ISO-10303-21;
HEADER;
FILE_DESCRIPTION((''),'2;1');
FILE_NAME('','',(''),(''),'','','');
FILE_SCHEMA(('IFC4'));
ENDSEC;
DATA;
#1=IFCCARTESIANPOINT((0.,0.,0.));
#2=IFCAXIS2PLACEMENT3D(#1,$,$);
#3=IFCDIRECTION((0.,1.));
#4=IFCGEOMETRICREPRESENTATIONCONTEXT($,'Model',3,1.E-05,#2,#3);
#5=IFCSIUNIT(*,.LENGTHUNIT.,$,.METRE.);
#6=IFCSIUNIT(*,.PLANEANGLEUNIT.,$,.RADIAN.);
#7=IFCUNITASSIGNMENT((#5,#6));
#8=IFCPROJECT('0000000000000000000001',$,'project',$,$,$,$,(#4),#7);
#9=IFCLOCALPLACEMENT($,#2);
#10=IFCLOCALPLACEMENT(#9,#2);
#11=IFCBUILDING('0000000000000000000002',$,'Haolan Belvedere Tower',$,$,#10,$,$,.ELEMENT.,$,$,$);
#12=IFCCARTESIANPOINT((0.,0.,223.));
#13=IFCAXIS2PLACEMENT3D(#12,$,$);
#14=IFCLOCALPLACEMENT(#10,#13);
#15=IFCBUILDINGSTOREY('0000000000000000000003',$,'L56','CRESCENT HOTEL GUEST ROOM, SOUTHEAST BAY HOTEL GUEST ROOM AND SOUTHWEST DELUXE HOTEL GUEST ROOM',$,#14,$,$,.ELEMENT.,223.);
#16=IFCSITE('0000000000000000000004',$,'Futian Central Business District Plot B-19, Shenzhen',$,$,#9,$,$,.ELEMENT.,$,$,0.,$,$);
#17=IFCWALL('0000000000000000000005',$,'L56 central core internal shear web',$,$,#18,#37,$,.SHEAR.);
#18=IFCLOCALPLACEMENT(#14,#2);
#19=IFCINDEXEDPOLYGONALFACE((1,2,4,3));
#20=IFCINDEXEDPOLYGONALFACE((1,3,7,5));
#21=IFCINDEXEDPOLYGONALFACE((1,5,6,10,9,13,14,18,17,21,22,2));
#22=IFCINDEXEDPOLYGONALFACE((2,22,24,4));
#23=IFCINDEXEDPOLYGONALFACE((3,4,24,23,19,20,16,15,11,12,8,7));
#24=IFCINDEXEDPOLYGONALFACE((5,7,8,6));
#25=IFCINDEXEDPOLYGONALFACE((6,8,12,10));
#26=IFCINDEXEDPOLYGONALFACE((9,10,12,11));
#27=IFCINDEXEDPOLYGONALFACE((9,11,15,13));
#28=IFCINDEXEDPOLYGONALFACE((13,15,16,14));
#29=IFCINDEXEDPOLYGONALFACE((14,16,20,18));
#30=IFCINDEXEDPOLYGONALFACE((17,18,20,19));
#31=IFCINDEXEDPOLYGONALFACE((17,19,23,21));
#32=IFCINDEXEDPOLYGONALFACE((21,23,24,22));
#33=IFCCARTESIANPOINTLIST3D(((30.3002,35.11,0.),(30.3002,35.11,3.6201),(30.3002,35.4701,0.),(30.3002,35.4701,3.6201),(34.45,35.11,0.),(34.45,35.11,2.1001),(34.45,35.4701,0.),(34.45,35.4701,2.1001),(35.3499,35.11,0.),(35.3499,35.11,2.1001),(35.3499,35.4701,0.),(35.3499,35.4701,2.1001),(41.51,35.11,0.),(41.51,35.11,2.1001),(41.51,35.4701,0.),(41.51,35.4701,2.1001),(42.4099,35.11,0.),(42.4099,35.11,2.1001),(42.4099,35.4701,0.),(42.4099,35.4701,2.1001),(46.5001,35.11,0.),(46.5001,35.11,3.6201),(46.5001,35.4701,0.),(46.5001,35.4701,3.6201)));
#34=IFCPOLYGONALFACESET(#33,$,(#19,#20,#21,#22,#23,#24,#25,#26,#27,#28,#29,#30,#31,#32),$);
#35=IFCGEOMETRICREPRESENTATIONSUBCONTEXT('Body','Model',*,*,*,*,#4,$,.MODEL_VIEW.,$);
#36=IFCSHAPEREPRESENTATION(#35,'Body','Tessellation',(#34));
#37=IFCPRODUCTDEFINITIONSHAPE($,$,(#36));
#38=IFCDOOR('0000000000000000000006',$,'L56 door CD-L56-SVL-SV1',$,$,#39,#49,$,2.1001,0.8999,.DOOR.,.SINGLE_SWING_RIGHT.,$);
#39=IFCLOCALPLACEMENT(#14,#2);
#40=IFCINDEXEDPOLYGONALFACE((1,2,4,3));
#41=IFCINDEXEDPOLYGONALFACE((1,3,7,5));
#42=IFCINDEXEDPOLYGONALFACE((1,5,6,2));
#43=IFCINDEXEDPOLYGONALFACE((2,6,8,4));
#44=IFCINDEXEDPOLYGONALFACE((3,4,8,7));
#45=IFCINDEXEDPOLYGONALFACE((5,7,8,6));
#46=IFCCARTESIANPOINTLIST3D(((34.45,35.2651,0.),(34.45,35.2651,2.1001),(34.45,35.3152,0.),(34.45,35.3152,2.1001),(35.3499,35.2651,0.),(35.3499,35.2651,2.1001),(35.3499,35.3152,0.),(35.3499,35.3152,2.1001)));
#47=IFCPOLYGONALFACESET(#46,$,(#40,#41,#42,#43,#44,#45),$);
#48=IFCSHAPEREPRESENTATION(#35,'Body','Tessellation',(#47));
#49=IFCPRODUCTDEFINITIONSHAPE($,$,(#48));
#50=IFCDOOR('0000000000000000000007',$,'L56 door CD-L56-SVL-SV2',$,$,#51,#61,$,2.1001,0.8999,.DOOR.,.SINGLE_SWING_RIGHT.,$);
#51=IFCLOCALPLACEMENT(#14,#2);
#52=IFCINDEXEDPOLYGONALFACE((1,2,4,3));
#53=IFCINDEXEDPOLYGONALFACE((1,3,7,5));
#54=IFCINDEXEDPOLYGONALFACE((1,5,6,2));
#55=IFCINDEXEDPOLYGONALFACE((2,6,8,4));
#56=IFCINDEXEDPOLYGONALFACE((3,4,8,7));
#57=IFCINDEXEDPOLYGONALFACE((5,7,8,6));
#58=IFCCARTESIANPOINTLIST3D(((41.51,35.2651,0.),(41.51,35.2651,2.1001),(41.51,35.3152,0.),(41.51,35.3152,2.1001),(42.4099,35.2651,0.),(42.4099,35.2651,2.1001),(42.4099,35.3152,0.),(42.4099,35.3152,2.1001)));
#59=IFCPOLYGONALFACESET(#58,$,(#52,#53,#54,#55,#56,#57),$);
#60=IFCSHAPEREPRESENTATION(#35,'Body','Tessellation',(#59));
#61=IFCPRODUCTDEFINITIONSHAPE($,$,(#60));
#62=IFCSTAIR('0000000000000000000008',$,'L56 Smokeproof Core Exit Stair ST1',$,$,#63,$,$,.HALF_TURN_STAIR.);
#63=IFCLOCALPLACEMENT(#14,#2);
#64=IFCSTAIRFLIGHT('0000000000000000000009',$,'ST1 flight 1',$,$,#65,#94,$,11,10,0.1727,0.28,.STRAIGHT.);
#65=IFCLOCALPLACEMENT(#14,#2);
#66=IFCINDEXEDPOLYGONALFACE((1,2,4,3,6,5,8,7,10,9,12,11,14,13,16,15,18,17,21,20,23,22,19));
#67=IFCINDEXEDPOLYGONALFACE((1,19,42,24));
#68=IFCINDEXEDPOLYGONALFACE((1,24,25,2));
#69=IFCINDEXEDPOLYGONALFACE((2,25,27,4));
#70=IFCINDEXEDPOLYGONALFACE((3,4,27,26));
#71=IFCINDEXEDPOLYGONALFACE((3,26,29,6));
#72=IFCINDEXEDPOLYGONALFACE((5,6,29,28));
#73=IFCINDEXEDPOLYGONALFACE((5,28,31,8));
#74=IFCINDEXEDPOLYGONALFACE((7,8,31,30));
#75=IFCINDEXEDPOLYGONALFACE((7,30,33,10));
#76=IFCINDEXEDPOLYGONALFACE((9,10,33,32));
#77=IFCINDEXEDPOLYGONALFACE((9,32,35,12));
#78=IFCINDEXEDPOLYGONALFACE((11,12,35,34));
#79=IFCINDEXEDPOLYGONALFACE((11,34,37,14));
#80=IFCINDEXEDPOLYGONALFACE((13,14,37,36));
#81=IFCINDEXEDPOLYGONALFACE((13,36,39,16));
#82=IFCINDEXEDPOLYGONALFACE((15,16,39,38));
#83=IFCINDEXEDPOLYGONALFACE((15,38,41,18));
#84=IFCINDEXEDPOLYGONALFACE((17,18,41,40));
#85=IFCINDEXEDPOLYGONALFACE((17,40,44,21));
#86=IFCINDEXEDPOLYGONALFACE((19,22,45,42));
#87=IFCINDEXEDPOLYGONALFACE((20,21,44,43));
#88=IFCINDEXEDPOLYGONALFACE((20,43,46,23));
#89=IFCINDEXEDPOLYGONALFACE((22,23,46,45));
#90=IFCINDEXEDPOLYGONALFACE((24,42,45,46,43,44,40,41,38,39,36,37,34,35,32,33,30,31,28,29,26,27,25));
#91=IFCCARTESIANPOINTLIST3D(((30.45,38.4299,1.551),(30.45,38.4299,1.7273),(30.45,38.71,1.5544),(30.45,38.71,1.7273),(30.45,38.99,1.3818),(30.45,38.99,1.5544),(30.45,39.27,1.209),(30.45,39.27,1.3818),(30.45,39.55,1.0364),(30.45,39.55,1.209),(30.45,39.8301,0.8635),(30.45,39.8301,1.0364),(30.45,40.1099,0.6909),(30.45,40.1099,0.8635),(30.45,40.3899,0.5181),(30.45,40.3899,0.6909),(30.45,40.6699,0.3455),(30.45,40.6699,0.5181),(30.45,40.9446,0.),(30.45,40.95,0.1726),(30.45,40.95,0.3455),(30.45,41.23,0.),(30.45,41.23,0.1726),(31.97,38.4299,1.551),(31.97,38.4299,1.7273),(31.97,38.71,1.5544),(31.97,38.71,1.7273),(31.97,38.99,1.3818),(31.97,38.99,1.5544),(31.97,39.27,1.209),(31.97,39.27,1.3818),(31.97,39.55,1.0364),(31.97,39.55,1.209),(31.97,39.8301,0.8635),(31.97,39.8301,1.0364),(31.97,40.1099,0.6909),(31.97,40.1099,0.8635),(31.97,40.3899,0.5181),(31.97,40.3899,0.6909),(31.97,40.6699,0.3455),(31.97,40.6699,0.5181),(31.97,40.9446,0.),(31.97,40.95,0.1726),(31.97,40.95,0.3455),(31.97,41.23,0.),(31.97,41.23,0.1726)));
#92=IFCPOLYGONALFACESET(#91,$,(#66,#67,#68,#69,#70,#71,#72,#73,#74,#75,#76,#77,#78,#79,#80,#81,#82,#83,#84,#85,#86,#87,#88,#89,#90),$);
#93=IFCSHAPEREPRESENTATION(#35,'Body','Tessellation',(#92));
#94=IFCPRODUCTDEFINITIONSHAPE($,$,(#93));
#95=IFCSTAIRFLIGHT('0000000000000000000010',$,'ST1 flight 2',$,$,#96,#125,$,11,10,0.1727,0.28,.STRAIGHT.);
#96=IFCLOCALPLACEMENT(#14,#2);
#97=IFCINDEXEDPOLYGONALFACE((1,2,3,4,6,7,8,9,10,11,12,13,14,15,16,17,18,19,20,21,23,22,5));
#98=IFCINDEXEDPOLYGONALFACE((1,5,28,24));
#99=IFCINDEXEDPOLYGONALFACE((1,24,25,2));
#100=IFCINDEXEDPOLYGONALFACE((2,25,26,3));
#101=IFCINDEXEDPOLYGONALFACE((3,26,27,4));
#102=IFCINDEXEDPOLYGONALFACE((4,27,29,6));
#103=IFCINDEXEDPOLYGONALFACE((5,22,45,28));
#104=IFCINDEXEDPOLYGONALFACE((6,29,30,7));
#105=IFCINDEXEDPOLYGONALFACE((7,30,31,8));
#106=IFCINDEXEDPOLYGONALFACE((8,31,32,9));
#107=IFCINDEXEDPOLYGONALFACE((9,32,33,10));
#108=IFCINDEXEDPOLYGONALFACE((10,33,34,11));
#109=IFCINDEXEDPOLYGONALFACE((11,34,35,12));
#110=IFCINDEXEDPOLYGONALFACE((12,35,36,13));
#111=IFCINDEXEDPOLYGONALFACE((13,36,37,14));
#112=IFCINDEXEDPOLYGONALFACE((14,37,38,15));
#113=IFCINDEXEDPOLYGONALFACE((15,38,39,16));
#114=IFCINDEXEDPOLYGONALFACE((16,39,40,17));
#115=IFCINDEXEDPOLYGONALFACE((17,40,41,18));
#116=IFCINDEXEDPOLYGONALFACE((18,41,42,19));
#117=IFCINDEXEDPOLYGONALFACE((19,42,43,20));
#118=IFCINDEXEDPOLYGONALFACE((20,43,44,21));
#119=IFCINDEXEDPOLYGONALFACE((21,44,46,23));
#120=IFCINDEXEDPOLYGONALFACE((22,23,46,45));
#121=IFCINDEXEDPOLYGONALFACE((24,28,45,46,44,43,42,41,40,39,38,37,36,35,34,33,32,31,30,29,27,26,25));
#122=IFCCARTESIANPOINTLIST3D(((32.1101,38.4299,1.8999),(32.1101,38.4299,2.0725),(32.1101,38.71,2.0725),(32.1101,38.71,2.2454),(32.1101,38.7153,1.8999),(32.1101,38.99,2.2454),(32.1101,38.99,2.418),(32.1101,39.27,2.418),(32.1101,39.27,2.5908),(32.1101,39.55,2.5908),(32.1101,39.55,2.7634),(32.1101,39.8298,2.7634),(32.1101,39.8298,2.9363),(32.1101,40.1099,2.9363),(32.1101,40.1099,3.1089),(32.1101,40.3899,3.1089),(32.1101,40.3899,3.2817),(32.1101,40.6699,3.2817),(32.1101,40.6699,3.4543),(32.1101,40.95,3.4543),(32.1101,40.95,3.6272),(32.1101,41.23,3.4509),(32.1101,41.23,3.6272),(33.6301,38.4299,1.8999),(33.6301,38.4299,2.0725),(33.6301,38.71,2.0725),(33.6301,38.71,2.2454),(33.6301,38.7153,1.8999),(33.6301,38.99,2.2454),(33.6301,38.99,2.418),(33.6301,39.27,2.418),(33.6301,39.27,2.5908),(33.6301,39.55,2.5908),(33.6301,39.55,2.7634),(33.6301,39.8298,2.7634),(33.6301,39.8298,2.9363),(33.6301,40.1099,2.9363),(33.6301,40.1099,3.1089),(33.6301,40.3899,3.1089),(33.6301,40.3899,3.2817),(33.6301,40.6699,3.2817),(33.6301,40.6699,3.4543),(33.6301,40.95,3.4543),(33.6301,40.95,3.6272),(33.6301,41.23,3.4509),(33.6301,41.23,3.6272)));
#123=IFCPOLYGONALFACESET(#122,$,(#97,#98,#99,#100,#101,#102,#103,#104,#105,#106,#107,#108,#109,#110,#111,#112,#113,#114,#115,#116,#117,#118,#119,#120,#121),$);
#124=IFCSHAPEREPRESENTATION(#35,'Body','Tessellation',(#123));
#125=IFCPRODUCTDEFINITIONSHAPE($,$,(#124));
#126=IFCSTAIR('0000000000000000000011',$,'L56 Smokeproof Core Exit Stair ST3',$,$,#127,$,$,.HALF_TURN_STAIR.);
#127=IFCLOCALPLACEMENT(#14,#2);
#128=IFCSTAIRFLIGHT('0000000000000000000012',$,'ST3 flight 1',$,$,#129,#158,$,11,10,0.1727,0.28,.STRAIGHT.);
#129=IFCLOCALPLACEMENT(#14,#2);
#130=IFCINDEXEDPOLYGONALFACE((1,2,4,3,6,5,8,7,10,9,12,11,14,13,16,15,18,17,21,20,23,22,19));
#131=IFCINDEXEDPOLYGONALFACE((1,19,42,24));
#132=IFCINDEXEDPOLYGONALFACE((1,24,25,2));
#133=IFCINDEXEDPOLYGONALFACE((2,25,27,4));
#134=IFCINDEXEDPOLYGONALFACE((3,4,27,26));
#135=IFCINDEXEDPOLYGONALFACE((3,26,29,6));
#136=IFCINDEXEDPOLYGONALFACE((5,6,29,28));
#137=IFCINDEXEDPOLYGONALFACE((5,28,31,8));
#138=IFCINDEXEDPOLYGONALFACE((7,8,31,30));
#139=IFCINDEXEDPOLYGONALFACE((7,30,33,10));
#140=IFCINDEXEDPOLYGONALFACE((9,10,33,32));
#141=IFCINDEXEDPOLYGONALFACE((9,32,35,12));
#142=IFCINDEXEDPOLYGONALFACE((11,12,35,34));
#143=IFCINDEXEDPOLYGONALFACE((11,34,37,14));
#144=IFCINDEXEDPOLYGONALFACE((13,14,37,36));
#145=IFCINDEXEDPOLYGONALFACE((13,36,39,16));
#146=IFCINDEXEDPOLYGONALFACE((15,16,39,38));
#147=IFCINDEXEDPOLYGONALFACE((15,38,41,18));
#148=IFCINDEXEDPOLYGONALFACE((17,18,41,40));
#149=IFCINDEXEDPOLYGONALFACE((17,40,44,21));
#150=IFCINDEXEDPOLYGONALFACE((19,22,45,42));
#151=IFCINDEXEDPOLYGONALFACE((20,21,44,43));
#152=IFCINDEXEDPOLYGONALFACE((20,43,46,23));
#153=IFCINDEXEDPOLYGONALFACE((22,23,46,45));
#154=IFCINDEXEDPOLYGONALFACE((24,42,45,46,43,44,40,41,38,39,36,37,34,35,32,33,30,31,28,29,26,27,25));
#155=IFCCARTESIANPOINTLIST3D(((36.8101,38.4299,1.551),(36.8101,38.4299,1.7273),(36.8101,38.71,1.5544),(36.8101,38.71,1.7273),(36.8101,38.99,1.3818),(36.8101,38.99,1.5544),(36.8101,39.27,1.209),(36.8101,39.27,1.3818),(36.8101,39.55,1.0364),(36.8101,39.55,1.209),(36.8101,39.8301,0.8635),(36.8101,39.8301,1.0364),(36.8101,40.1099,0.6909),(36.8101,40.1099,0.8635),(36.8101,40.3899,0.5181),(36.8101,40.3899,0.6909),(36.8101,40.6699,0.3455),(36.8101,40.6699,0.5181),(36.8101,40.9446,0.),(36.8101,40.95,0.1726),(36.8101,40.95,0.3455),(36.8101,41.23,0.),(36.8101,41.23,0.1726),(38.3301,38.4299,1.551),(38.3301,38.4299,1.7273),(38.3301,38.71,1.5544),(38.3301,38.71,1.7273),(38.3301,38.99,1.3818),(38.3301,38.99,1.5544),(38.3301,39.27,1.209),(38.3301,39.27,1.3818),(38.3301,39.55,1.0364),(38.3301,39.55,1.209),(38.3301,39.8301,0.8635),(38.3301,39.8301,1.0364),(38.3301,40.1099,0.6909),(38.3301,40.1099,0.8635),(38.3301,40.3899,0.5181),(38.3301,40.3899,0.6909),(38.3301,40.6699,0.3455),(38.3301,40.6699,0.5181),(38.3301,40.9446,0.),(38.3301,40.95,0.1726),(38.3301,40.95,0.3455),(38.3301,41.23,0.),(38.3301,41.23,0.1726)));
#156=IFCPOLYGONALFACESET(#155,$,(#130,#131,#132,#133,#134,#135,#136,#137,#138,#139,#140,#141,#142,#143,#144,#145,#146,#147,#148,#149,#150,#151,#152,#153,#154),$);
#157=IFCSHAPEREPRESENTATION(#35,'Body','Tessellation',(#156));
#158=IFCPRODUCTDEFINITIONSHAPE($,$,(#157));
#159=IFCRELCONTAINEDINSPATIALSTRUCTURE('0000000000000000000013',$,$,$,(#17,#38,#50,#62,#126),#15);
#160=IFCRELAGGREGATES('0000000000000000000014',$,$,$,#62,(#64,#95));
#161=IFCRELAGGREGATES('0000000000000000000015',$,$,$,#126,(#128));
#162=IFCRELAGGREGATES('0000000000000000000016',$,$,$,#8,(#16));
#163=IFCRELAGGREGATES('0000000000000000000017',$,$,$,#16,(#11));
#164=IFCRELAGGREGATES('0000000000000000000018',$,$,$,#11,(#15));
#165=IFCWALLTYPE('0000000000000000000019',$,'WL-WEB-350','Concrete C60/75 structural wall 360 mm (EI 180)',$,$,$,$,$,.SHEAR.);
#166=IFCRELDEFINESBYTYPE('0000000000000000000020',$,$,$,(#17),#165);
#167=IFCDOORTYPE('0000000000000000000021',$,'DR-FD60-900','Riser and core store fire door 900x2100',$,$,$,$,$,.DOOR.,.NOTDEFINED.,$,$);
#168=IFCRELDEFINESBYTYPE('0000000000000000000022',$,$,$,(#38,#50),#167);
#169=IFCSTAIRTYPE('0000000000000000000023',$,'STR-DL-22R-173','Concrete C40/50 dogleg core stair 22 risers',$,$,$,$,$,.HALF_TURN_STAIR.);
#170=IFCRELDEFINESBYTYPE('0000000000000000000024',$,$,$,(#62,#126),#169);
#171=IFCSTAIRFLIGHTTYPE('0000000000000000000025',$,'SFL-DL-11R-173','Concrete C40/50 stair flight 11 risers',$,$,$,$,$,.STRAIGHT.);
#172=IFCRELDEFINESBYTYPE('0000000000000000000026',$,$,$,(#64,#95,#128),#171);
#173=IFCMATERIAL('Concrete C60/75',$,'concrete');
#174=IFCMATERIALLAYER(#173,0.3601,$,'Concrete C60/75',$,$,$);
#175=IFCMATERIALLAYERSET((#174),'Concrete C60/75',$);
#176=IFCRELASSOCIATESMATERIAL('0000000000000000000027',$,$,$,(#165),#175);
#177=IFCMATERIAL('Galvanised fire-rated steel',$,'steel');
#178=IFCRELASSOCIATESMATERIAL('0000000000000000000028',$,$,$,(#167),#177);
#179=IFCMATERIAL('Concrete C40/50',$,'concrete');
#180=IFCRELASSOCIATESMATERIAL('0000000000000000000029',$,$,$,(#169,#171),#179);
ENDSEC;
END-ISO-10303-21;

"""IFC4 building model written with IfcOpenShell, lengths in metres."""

from ifc_helpers import new_model, si_unit, direction, frame, frame_2d, origin, place, context, subcontext, project, spatial, polyline, rectangle, outline, extrude, material, layer, layer_set, type_object, element, fill, aggregate, save


model = new_model("IFC4")

# Units and contexts
model_context = context("Model", 3, precision=1e-05, world=origin(), true_north=direction((0.0, 1.0)))
body_context = subcontext(model_context, "Body", "Model", "MODEL_VIEW")
ifc_project = project(units=[si_unit("LENGTHUNIT", "METRE"), si_unit("PLANEANGLEUNIT", "RADIAN")], contexts=[model_context])

# Site, building, storey
site_placement = place(None, origin())
site = spatial("IfcSite", under=ifc_project, at=site_placement, Name="Futian Central Business District Plot B-19, Shenzhen", CompositionType="ELEMENT", RefElevation=0.0)
building_placement = place(site_placement, origin())
building = spatial("IfcBuilding", under=site, at=building_placement, Name="Haolan Belvedere Tower", CompositionType="ELEMENT")
storey_placement = place(building_placement, frame((0.0, 0.0, 223.0)))
storey = spatial("IfcBuildingStorey", under=building, at=storey_placement, Name="L56", Description="CRESCENT HOTEL GUEST ROOM, SOUTHEAST BAY HOTEL GUEST ROOM AND SOUTHWEST DELUXE HOTEL GUEST ROOM", CompositionType="ELEMENT", Elevation=223.0)

# Wall, openings, doors
ifc_material_1 = material(Name="Concrete C60/75", Category="concrete")
ifc_layer_1 = layer(ifc_material_1, 0.3601, Name="Concrete C60/75")
ifc_layer_set_1 = layer_set([ifc_layer_1], Name="Concrete C60/75")
wall_type_1 = type_object("IfcWallType", Name="WL-WEB-350", Description="Concrete C60/75 structural wall 360 mm (EI 180)", PredefinedType="SHEAR", material=ifc_layer_set_1)
wall_1_placement = place(storey_placement, frame((30.3, 35.29, 0.0), z_axis=(0.0, 0.0, 1.0), x_axis=(1.0, 0.0, 0.0)))
wall_1 = element("IfcWall", 1, at=wall_1_placement, inside=storey, type_object=wall_type_1, Name="L56 central core internal shear web", PredefinedType="SHEAR", context=body_context, shape_type="SweptSolid", body=[
    extrude(rectangle(XDim=16.2, YDim=0.3601, at=frame_2d((8.1001, 0.0))), origin(), (0.0, 0.0, 1.0), 3.6201),
])
opening_1_placement = place(wall_1_placement, frame((5.0498, 0.0, 0.0), z_axis=(0.0, 0.0, 1.0), x_axis=(-1.0, 0.0, 0.0)))
opening_1 = element("IfcOpeningElement", 2, at=opening_1_placement, cuts=wall_1, PredefinedType="OPENING", context=body_context, shape_type="SweptSolid", body=[
    extrude(rectangle(XDim=0.8999, YDim=2.1001, at=frame_2d((0.45, 1.05))), frame((0.0, 0.1899, 0.0), z_axis=(0.0, -1.0, 0.0), x_axis=(1.0, 0.0, 0.0)), (0.0, 0.0, 1.0), 0.3801),
])
opening_2_placement = place(wall_1_placement, frame((12.1099, 0.0, 0.0), z_axis=(0.0, 0.0, 1.0), x_axis=(-1.0, 0.0, 0.0)))
opening_2 = element("IfcOpeningElement", 3, at=opening_2_placement, cuts=wall_1, PredefinedType="OPENING", context=body_context, shape_type="SweptSolid", body=[
    extrude(rectangle(XDim=0.8999, YDim=2.1001, at=frame_2d((0.45, 1.05))), frame((0.0, 0.1899, 0.0), z_axis=(0.0, -1.0, 0.0), x_axis=(1.0, 0.0, 0.0)), (0.0, 0.0, 1.0), 0.3801),
])
ifc_material_2 = material(Name="Galvanised fire-rated steel", Category="steel")
door_type_1 = type_object("IfcDoorType", Name="DR-FD60-900", Description="Riser and core store fire door 900x2100", OperationType="NOTDEFINED", PredefinedType="DOOR", material=ifc_material_2)
door_1_placement = place(opening_1_placement, origin())
door_1 = element("IfcDoor", 4, at=door_1_placement, inside=storey, type_object=door_type_1, Name="L56 door CD-L56-SVL-SV1", OperationType="SINGLE_SWING_RIGHT", OverallHeight=2.1001, OverallWidth=0.8999, PredefinedType="DOOR", context=body_context, shape_type="SweptSolid", body=[
    extrude(rectangle(XDim=0.8999, YDim=2.1001, at=frame_2d((0.45, 1.05))), frame((0.0, 0.0249, 0.0), z_axis=(0.0, -1.0, 0.0), x_axis=(1.0, 0.0, 0.0)), (0.0, 0.0, 1.0), 0.05),
])
fill(opening_1, door_1)
door_2_placement = place(opening_2_placement, origin())
door_2 = element("IfcDoor", 5, at=door_2_placement, inside=storey, type_object=door_type_1, Name="L56 door CD-L56-SVL-SV2", OperationType="SINGLE_SWING_RIGHT", OverallHeight=2.1001, OverallWidth=0.8999, PredefinedType="DOOR", context=body_context, shape_type="SweptSolid", body=[
    extrude(rectangle(XDim=0.8999, YDim=2.1001, at=frame_2d((0.45, 1.05))), frame((0.0, 0.0249, 0.0), z_axis=(0.0, -1.0, 0.0), x_axis=(1.0, 0.0, 0.0)), (0.0, 0.0, 1.0), 0.05),
])
fill(opening_2, door_2)

# Stair, stair flights
ifc_material_3 = material(Name="Concrete C40/50", Category="concrete")
stair_type = type_object("IfcStairType", Name="STR-DL-22R-173", Description="Concrete C40/50 dogleg core stair 22 risers", PredefinedType="HALF_TURN_STAIR", material=ifc_material_3)
stair_1_placement = place(storey_placement, origin())
stair_1 = element("IfcStair", 6, at=stair_1_placement, inside=storey, type_object=stair_type, Name="L56 Smokeproof Core Exit Stair ST1", PredefinedType="HALF_TURN_STAIR")
stair_flight_type = type_object("IfcStairFlightType", Name="SFL-DL-11R-173", Description="Concrete C40/50 stair flight 11 risers", PredefinedType="STRAIGHT", material=ifc_material_3)
stair_flight_1_placement = place(storey_placement, frame((31.21, 41.23, 0.0), z_axis=(0.0, 0.0, 1.0), x_axis=(0.0, -1.0, 0.0)))
stair_flight_1 = element("IfcStairFlight", 7, at=stair_flight_1_placement, type_object=stair_flight_type, Name="ST1 flight 1", NumberOfRisers=11, NumberOfTreads=10, PredefinedType="STRAIGHT", RiserHeight=0.1727, TreadLength=0.28, context=body_context, shape_type="SweptSolid", body=[
    extrude(outline(polyline([(0.0, 0.0), (0.0, 0.1726), (0.28, 0.1726), (0.28, 0.3455), (0.5601, 0.3455), (0.5601, 0.5181), (0.8401, 0.5181), (0.8401, 0.6909), (1.1201, 0.6909), (1.1201, 0.8635), (1.3999, 0.8635), (1.3999, 1.0364), (1.6799, 1.0364), (1.6799, 1.209), (1.96, 1.209), (1.96, 1.3818), (2.24, 1.3818), (2.24, 1.5544), (2.52, 1.5544), (2.52, 1.7273), (2.8, 1.7273), (2.8, 1.8999), (2.8, 1.551), (0.2854, 0.0), (0.0, 0.0)])), frame((0.0, 0.76, 0.0), z_axis=(0.0, -1.0, 0.0), x_axis=(1.0, 0.0, 0.0)), (0.0, 0.0, 1.0), 1.52),
])
stair_flight_2_placement = place(storey_placement, frame((32.8701, 38.4299, 1.8999), z_axis=(0.0, 0.0, 1.0), x_axis=(0.0, 1.0, 0.0)))
stair_flight_2 = element("IfcStairFlight", 8, at=stair_flight_2_placement, type_object=stair_flight_type, Name="ST1 flight 2", NumberOfRisers=11, NumberOfTreads=10, PredefinedType="STRAIGHT", RiserHeight=0.1727, TreadLength=0.28, context=body_context, shape_type="SweptSolid", body=[
    extrude(outline(polyline([(0.0, 0.0), (0.0, 0.1726), (0.28, 0.1726), (0.28, 0.3455), (0.5601, 0.3455), (0.5601, 0.5181), (0.8401, 0.5181), (0.8401, 0.6909), (1.1201, 0.6909), (1.1201, 0.8635), (1.3999, 0.8635), (1.3999, 1.0364), (1.6799, 1.0364), (1.6799, 1.209), (1.96, 1.209), (1.96, 1.3818), (2.24, 1.3818), (2.24, 1.5544), (2.52, 1.5544), (2.52, 1.7273), (2.8, 1.7273), (2.8, 1.8999), (2.8, 1.551), (0.2854, 0.0), (0.0, 0.0)])), frame((0.0, 0.76, 0.0), z_axis=(0.0, -1.0, 0.0), x_axis=(1.0, 0.0, 0.0)), (0.0, 0.0, 1.0), 1.52),
])
aggregate(stair_1, [stair_flight_1, stair_flight_2])

# Stair, stair flight
stair_2_placement = place(storey_placement, origin())
stair_2 = element("IfcStair", 9, at=stair_2_placement, inside=storey, type_object=stair_type, Name="L56 Smokeproof Core Exit Stair ST3", PredefinedType="HALF_TURN_STAIR")
stair_flight_3_placement = place(storey_placement, frame((37.5701, 41.23, 0.0), z_axis=(0.0, 0.0, 1.0), x_axis=(0.0, -1.0, 0.0)))
stair_flight_3 = element("IfcStairFlight", 10, at=stair_flight_3_placement, type_object=stair_flight_type, Name="ST3 flight 1", NumberOfRisers=11, NumberOfTreads=10, PredefinedType="STRAIGHT", RiserHeight=0.1727, TreadLength=0.28, context=body_context, shape_type="SweptSolid", body=[
    extrude(outline(polyline([(0.0, 0.0), (0.0, 0.1726), (0.28, 0.1726), (0.28, 0.3455), (0.5601, 0.3455), (0.5601, 0.5181), (0.8401, 0.5181), (0.8401, 0.6909), (1.1201, 0.6909), (1.1201, 0.8635), (1.3999, 0.8635), (1.3999, 1.0364), (1.6799, 1.0364), (1.6799, 1.209), (1.96, 1.209), (1.96, 1.3818), (2.24, 1.3818), (2.24, 1.5544), (2.52, 1.5544), (2.52, 1.7273), (2.8, 1.7273), (2.8, 1.8999), (2.8, 1.551), (0.2854, 0.0), (0.0, 0.0)])), frame((0.0, 0.76, 0.0), z_axis=(0.0, -1.0, 0.0), x_axis=(1.0, 0.0, 0.0)), (0.0, 0.0, 1.0), 1.52),
])
aggregate(stair_2, [stair_flight_3])

save(model, "model.ifc")
